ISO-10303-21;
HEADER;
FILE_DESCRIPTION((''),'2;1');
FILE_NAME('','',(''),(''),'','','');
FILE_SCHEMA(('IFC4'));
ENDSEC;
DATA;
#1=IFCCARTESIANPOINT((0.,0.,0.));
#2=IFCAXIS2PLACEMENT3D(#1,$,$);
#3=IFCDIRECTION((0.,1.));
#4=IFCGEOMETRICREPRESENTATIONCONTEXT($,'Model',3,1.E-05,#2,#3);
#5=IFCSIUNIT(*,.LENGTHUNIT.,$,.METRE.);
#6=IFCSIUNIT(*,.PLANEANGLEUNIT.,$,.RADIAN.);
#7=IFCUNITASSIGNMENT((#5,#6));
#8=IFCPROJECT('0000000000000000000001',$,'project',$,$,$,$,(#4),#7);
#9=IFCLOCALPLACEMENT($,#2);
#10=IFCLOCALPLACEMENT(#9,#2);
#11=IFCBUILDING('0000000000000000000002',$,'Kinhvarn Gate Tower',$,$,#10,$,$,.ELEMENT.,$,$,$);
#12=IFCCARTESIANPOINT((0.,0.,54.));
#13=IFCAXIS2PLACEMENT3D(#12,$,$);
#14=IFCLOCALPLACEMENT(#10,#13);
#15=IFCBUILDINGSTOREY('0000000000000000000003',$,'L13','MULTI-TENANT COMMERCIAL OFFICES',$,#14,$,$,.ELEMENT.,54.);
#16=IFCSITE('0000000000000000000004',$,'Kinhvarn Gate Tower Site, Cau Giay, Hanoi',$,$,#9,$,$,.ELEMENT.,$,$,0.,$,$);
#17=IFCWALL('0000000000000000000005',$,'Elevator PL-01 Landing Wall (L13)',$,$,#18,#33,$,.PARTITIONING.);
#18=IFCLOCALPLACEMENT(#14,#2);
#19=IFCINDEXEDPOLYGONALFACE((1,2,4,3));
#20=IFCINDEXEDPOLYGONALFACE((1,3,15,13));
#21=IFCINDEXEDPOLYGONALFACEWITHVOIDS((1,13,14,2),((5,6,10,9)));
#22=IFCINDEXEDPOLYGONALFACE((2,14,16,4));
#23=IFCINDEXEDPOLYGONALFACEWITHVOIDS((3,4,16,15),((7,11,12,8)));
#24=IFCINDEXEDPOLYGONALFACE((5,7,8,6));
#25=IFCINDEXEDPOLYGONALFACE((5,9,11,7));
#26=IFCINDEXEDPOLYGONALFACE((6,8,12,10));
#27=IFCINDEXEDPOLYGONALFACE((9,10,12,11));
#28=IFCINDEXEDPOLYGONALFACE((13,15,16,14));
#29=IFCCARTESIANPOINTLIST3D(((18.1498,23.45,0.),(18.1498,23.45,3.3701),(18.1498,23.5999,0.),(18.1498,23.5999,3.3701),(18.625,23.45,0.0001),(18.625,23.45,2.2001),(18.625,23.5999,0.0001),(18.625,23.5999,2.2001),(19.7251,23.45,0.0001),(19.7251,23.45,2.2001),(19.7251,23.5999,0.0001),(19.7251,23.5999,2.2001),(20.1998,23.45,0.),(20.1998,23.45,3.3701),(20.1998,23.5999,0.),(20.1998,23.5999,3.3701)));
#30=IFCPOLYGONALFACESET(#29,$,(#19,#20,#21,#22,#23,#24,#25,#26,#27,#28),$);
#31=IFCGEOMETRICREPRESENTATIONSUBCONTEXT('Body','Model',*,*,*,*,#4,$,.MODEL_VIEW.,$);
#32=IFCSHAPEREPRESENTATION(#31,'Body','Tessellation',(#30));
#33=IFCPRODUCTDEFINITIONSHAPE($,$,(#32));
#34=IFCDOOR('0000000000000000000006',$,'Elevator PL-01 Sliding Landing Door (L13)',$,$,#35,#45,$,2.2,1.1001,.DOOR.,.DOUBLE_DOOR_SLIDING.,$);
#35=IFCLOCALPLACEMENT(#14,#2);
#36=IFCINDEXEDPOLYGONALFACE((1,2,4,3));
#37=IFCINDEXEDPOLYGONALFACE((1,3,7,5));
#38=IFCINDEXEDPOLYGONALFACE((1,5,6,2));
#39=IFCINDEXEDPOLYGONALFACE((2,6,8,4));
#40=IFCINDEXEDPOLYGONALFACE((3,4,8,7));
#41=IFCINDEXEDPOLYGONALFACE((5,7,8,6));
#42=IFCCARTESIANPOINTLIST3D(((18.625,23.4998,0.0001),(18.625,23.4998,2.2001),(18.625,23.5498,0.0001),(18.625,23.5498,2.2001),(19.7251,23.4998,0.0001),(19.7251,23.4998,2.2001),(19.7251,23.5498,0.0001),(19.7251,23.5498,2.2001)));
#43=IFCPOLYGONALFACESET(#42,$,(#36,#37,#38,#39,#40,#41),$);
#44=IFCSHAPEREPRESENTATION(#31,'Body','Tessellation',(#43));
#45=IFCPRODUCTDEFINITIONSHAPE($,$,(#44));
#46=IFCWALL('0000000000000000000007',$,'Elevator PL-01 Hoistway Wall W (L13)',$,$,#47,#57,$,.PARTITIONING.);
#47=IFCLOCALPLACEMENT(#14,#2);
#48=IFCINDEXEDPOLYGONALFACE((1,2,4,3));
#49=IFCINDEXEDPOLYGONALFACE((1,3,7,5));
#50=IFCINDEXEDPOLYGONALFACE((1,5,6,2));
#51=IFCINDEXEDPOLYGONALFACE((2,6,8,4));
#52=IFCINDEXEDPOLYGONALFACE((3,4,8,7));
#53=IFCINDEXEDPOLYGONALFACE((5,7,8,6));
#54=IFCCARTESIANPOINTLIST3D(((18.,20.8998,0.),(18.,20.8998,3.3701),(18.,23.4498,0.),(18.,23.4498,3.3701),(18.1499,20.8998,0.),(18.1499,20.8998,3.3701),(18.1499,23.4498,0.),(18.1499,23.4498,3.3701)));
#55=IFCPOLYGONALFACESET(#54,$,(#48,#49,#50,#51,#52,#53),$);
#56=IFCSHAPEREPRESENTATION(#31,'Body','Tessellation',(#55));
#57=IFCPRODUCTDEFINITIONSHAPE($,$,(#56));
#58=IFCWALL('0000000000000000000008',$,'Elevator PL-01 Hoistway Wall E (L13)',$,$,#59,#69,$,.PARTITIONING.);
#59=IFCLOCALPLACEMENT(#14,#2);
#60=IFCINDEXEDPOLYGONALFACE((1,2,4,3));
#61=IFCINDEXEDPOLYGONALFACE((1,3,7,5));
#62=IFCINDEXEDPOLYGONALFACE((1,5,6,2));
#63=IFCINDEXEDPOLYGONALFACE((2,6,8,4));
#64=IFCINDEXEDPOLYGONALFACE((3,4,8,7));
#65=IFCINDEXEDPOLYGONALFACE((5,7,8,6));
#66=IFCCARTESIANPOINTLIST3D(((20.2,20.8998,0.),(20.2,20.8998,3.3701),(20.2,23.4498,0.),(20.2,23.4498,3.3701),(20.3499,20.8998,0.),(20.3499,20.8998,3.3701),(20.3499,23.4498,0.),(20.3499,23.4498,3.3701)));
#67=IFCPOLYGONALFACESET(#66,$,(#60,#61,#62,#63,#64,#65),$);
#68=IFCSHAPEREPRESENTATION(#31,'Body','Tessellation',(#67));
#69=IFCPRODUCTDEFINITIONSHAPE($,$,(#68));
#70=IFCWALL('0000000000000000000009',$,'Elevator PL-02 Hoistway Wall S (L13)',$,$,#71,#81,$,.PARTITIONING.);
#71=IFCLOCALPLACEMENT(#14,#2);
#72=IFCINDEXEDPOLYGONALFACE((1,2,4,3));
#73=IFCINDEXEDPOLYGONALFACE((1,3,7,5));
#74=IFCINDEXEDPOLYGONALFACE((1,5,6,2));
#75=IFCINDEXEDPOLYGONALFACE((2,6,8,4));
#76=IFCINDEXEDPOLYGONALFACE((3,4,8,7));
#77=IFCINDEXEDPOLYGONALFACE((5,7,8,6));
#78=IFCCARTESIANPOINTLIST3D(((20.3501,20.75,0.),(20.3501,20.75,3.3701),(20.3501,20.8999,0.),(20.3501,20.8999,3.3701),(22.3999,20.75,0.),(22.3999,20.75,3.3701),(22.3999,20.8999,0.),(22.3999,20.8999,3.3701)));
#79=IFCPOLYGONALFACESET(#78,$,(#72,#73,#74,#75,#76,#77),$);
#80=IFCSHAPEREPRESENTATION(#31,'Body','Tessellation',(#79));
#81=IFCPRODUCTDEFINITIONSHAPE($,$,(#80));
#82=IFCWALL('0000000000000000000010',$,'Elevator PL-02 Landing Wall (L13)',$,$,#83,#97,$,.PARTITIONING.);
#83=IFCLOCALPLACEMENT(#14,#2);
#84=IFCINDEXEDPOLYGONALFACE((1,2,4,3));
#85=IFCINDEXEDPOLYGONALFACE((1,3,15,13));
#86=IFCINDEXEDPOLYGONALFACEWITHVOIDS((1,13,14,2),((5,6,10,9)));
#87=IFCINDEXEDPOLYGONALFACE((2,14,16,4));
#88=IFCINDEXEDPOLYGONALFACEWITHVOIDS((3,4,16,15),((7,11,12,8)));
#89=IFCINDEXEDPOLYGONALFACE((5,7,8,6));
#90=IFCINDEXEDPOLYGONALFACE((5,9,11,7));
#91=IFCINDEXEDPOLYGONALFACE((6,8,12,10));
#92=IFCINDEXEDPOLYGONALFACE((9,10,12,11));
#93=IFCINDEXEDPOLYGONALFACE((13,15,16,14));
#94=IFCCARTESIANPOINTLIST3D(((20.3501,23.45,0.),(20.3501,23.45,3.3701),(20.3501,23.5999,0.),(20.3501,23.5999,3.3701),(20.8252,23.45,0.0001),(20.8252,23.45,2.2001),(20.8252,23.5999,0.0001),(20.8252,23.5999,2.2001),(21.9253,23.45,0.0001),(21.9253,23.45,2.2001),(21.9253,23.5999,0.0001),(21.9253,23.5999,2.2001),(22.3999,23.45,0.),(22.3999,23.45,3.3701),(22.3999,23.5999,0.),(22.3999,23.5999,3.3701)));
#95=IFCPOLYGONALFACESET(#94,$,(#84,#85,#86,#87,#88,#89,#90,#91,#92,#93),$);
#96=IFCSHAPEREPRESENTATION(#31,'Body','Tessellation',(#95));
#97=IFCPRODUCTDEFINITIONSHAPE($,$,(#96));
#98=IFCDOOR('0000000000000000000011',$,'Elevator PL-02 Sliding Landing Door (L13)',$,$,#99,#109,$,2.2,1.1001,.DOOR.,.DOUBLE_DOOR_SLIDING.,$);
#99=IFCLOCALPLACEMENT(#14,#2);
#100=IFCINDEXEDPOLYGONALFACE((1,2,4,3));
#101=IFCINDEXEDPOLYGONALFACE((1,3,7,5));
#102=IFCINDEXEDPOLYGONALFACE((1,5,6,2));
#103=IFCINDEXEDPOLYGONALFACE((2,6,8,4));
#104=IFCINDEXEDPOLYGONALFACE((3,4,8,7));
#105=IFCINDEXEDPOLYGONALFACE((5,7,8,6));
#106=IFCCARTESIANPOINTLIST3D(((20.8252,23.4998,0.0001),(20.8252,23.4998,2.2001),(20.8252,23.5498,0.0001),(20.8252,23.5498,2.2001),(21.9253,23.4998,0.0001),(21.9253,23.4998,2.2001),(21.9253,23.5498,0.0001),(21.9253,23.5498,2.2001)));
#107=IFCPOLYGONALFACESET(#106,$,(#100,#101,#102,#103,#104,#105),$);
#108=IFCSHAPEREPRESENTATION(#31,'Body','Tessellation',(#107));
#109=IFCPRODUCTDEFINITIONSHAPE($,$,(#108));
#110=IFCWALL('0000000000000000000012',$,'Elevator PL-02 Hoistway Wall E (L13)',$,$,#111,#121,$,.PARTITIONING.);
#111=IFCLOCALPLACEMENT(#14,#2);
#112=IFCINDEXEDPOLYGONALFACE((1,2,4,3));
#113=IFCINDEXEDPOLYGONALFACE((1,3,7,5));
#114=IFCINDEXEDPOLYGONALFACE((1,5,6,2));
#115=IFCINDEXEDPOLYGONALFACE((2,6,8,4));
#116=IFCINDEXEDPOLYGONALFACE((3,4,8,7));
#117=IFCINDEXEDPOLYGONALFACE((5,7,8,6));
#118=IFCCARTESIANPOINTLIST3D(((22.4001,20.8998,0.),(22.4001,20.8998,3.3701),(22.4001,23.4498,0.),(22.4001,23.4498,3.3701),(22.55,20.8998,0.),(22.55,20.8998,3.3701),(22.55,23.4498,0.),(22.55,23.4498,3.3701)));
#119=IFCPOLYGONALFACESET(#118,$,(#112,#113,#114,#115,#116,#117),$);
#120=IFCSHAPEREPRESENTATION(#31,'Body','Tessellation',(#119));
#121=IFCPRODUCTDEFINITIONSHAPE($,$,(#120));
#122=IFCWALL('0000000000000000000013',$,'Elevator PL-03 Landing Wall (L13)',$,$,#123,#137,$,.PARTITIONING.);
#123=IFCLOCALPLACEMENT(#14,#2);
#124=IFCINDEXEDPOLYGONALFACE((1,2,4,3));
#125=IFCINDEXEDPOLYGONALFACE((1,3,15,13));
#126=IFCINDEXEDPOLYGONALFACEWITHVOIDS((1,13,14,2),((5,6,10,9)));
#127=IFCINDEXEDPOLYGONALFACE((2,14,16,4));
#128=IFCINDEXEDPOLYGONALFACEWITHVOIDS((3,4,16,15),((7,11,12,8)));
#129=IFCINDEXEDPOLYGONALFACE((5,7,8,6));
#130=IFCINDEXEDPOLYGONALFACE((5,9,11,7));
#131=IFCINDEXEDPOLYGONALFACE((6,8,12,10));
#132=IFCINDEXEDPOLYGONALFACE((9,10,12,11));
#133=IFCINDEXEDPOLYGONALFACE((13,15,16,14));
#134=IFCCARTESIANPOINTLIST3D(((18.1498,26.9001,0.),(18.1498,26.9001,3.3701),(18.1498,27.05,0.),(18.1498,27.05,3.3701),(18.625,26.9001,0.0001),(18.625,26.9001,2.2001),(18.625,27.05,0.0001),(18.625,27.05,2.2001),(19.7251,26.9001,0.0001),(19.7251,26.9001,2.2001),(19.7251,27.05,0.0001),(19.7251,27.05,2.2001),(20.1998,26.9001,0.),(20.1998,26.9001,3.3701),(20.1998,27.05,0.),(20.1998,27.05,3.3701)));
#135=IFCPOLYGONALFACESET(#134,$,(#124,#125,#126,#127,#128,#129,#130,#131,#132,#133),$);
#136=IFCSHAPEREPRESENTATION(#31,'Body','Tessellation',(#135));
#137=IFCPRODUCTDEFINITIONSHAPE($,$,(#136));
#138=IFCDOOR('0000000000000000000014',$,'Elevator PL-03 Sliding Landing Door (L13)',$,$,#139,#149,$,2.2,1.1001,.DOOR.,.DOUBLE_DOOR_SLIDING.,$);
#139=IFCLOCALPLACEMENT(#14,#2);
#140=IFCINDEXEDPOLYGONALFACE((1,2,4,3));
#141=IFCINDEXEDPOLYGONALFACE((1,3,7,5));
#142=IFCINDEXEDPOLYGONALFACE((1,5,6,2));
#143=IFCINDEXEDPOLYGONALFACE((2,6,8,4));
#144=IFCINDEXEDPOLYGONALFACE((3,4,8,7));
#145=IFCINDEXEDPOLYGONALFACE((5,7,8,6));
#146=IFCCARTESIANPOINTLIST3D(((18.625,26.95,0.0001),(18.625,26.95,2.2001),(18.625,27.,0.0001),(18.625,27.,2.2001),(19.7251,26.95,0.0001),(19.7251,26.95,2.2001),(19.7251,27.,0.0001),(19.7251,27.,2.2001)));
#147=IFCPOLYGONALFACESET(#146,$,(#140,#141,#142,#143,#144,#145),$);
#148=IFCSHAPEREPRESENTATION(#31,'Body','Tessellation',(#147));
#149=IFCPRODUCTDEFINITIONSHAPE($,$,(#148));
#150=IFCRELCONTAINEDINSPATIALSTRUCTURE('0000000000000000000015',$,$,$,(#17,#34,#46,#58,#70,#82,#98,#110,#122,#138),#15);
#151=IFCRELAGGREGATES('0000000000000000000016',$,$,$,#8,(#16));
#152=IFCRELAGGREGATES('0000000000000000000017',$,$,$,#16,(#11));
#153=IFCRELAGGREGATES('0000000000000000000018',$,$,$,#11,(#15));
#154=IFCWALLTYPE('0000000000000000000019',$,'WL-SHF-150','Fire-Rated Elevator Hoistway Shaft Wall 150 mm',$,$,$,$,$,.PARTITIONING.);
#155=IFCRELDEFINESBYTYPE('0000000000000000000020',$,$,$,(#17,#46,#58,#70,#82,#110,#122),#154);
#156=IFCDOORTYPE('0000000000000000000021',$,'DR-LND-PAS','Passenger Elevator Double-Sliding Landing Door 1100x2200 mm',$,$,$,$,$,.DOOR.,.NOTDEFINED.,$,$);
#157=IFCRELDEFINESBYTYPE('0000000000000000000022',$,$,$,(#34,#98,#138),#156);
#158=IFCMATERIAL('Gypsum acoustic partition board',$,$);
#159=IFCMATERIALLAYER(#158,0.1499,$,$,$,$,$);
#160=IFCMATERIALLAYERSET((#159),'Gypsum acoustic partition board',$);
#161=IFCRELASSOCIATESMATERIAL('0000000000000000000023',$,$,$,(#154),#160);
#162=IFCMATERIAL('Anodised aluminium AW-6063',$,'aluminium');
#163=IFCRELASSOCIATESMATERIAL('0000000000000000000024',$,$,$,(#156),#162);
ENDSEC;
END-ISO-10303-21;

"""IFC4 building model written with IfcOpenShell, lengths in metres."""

from ifc_helpers import new_model, si_unit, direction, frame, frame_2d, origin, place, context, subcontext, project, spatial, rectangle, extrude, material, layer, layer_set, type_object, element, fill, save


model = new_model("IFC4")

# Units and contexts
model_context = context("Model", 3, precision=1e-05, world=origin(), true_north=direction((0.0, 1.0)))
body_context = subcontext(model_context, "Body", "Model", "MODEL_VIEW")
ifc_project = project(units=[si_unit("LENGTHUNIT", "METRE"), si_unit("PLANEANGLEUNIT", "RADIAN")], contexts=[model_context])

# Site, building, storey
site_placement = place(None, origin())
site = spatial("IfcSite", under=ifc_project, at=site_placement, Name="Kinhvarn Gate Tower Site, Cau Giay, Hanoi", CompositionType="ELEMENT", RefElevation=0.0)
building_placement = place(site_placement, origin())
building = spatial("IfcBuilding", under=site, at=building_placement, Name="Kinhvarn Gate Tower", CompositionType="ELEMENT")
storey_placement = place(building_placement, frame((0.0, 0.0, 54.0)))
storey = spatial("IfcBuildingStorey", under=building, at=storey_placement, Name="L13", Description="MULTI-TENANT COMMERCIAL OFFICES", CompositionType="ELEMENT", Elevation=54.0)

# Shared definitions
ifc_material_1 = material(Name="Gypsum acoustic partition board")

# Shared definitions
ifc_material_2 = material(Name="Anodised aluminium AW-6063", Category="aluminium")

# Shared definitions
ifc_layer_1 = layer(ifc_material_1, 0.1499)
ifc_layer_set_1 = layer_set([ifc_layer_1], Name="Gypsum acoustic partition board")
wall_type_1 = type_object("IfcWallType", Name="WL-SHF-150", Description="Fire-Rated Elevator Hoistway Shaft Wall 150 mm", PredefinedType="PARTITIONING", material=ifc_layer_set_1)

# Wall, opening, door
wall_1_placement = place(storey_placement, frame((18.1499, 23.5249, 0.0), z_axis=(0.0, 0.0, 1.0), x_axis=(1.0, 0.0, 0.0)))
wall_1 = element("IfcWall", 1, at=wall_1_placement, inside=storey, type_object=wall_type_1, Name="Elevator PL-01 Landing Wall (L13)", PredefinedType="PARTITIONING", context=body_context, shape_type="SweptSolid", body=[
    extrude(rectangle(XDim=2.05, YDim=0.1499, at=frame_2d((1.0249, 0.0))), origin(), (0.0, 0.0, 1.0), 3.3701),
])
opening_1_placement = place(wall_1_placement, frame((0.4751, 0.0, 0.0)))
opening_1 = element("IfcOpeningElement", 2, at=opening_1_placement, cuts=wall_1, PredefinedType="OPENING", context=body_context, shape_type="SweptSolid", body=[
    extrude(rectangle(XDim=1.1001, YDim=2.2, at=frame_2d((0.55, 1.1001))), frame((0.0, 0.085, 0.0), z_axis=(0.0, -1.0, 0.0), x_axis=(1.0, 0.0, 0.0)), (0.0, 0.0, 1.0), 0.1699),
])
door_type_1 = type_object("IfcDoorType", Name="DR-LND-PAS", Description="Passenger Elevator Double-Sliding Landing Door 1100x2200 mm", OperationType="NOTDEFINED", PredefinedType="DOOR", material=ifc_material_2)
door_1_placement = place(opening_1_placement, origin())
door_1 = element("IfcDoor", 3, at=door_1_placement, inside=storey, type_object=door_type_1, Name="Elevator PL-01 Sliding Landing Door (L13)", OperationType="DOUBLE_DOOR_SLIDING", OverallHeight=2.2, OverallWidth=1.1001, PredefinedType="DOOR", context=body_context, shape_type="SweptSolid", body=[
    extrude(rectangle(XDim=1.1001, YDim=2.2, at=frame_2d((0.55, 1.1001))), frame((0.0, 0.0249, 0.0), z_axis=(0.0, -1.0, 0.0), x_axis=(1.0, 0.0, 0.0)), (0.0, 0.0, 1.0), 0.05),
])
fill(opening_1, door_1)

# Walls
for number, where, z_axis, x_axis, name in (
    (4, (18.075, 20.8999, 0.0), (0.0, 0.0, 1.0), (0.0, 1.0, 0.0), "Elevator PL-01 Hoistway Wall W (L13)"),
    (5, (20.2749, 20.8999, 0.0), (0.0, 0.0, 1.0), (0.0, 1.0, 0.0), "Elevator PL-01 Hoistway Wall E (L13)"),
):
    element("IfcWall", number, at=place(storey_placement, frame(where, z_axis=z_axis, x_axis=x_axis)), inside=storey, type_object=wall_type_1, Name=name, PredefinedType="PARTITIONING", context=body_context, shape_type="SweptSolid", body=[
        extrude(rectangle(XDim=2.55, YDim=0.1499, at=frame_2d((1.2749, 0.0))), origin(), (0.0, 0.0, 1.0), 3.3701),
    ])
wall_2_placement = place(storey_placement, frame((20.3501, 20.825, 0.0), z_axis=(0.0, 0.0, 1.0), x_axis=(1.0, 0.0, 0.0)))
element("IfcWall", 6, at=wall_2_placement, inside=storey, type_object=wall_type_1, Name="Elevator PL-02 Hoistway Wall S (L13)", PredefinedType="PARTITIONING", context=body_context, shape_type="SweptSolid", body=[
    extrude(rectangle(XDim=2.0498, YDim=0.1499, at=frame_2d((1.0249, 0.0))), origin(), (0.0, 0.0, 1.0), 3.3701),
])

# Wall, opening, door
wall_3_placement = place(storey_placement, frame((20.3501, 23.5249, 0.0), z_axis=(0.0, 0.0, 1.0), x_axis=(1.0, 0.0, 0.0)))
wall_3 = element("IfcWall", 7, at=wall_3_placement, inside=storey, type_object=wall_type_1, Name="Elevator PL-02 Landing Wall (L13)", PredefinedType="PARTITIONING", context=body_context, shape_type="SweptSolid", body=[
    extrude(rectangle(XDim=2.0498, YDim=0.1499, at=frame_2d((1.0249, 0.0))), origin(), (0.0, 0.0, 1.0), 3.3701),
])
opening_2_placement = place(wall_3_placement, frame((0.4751, 0.0, 0.0)))
opening_2 = element("IfcOpeningElement", 8, at=opening_2_placement, cuts=wall_3, PredefinedType="OPENING", context=body_context, shape_type="SweptSolid", body=[
    extrude(rectangle(XDim=1.1001, YDim=2.2, at=frame_2d((0.55, 1.1001))), frame((0.0, 0.085, 0.0), z_axis=(0.0, -1.0, 0.0), x_axis=(1.0, 0.0, 0.0)), (0.0, 0.0, 1.0), 0.1699),
])
door_2_placement = place(opening_2_placement, origin())
door_2 = element("IfcDoor", 9, at=door_2_placement, inside=storey, type_object=door_type_1, Name="Elevator PL-02 Sliding Landing Door (L13)", OperationType="DOUBLE_DOOR_SLIDING", OverallHeight=2.2, OverallWidth=1.1001, PredefinedType="DOOR", context=body_context, shape_type="SweptSolid", body=[
    extrude(rectangle(XDim=1.1001, YDim=2.2, at=frame_2d((0.55, 1.1001))), frame((0.0, 0.0249, 0.0), z_axis=(0.0, -1.0, 0.0), x_axis=(1.0, 0.0, 0.0)), (0.0, 0.0, 1.0), 0.05),
])
fill(opening_2, door_2)

# Wall
wall_4_placement = place(storey_placement, frame((22.4751, 20.8999, 0.0), z_axis=(0.0, 0.0, 1.0), x_axis=(0.0, 1.0, 0.0)))
element("IfcWall", 10, at=wall_4_placement, inside=storey, type_object=wall_type_1, Name="Elevator PL-02 Hoistway Wall E (L13)", PredefinedType="PARTITIONING", context=body_context, shape_type="SweptSolid", body=[
    extrude(rectangle(XDim=2.55, YDim=0.1499, at=frame_2d((1.2749, 0.0))), origin(), (0.0, 0.0, 1.0), 3.3701),
])

# Wall, opening, door
wall_5_placement = place(storey_placement, frame((18.1499, 26.9751, 0.0), z_axis=(0.0, 0.0, 1.0), x_axis=(1.0, 0.0, 0.0)))
wall_5 = element("IfcWall", 11, at=wall_5_placement, inside=storey, type_object=wall_type_1, Name="Elevator PL-03 Landing Wall (L13)", PredefinedType="PARTITIONING", context=body_context, shape_type="SweptSolid", body=[
    extrude(rectangle(XDim=2.05, YDim=0.1499, at=frame_2d((1.0249, 0.0))), origin(), (0.0, 0.0, 1.0), 3.3701),
])
opening_3_placement = place(wall_5_placement, frame((0.4751, 0.0, 0.0)))
opening_3 = element("IfcOpeningElement", 12, at=opening_3_placement, cuts=wall_5, PredefinedType="OPENING", context=body_context, shape_type="SweptSolid", body=[
    extrude(rectangle(XDim=1.1001, YDim=2.2, at=frame_2d((0.55, 1.1001))), frame((0.0, 0.085, 0.0), z_axis=(0.0, -1.0, 0.0), x_axis=(1.0, 0.0, 0.0)), (0.0, 0.0, 1.0), 0.1699),
])
door_3_placement = place(opening_3_placement, origin())
door_3 = element("IfcDoor", 13, at=door_3_placement, inside=storey, type_object=door_type_1, Name="Elevator PL-03 Sliding Landing Door (L13)", OperationType="DOUBLE_DOOR_SLIDING", OverallHeight=2.2, OverallWidth=1.1001, PredefinedType="DOOR", context=body_context, shape_type="SweptSolid", body=[
    extrude(rectangle(XDim=1.1001, YDim=2.2, at=frame_2d((0.55, 1.1001))), frame((0.0, 0.0249, 0.0), z_axis=(0.0, -1.0, 0.0), x_axis=(1.0, 0.0, 0.0)), (0.0, 0.0, 1.0), 0.05),
])
fill(opening_3, door_3)

save(model, "model.ifc")
